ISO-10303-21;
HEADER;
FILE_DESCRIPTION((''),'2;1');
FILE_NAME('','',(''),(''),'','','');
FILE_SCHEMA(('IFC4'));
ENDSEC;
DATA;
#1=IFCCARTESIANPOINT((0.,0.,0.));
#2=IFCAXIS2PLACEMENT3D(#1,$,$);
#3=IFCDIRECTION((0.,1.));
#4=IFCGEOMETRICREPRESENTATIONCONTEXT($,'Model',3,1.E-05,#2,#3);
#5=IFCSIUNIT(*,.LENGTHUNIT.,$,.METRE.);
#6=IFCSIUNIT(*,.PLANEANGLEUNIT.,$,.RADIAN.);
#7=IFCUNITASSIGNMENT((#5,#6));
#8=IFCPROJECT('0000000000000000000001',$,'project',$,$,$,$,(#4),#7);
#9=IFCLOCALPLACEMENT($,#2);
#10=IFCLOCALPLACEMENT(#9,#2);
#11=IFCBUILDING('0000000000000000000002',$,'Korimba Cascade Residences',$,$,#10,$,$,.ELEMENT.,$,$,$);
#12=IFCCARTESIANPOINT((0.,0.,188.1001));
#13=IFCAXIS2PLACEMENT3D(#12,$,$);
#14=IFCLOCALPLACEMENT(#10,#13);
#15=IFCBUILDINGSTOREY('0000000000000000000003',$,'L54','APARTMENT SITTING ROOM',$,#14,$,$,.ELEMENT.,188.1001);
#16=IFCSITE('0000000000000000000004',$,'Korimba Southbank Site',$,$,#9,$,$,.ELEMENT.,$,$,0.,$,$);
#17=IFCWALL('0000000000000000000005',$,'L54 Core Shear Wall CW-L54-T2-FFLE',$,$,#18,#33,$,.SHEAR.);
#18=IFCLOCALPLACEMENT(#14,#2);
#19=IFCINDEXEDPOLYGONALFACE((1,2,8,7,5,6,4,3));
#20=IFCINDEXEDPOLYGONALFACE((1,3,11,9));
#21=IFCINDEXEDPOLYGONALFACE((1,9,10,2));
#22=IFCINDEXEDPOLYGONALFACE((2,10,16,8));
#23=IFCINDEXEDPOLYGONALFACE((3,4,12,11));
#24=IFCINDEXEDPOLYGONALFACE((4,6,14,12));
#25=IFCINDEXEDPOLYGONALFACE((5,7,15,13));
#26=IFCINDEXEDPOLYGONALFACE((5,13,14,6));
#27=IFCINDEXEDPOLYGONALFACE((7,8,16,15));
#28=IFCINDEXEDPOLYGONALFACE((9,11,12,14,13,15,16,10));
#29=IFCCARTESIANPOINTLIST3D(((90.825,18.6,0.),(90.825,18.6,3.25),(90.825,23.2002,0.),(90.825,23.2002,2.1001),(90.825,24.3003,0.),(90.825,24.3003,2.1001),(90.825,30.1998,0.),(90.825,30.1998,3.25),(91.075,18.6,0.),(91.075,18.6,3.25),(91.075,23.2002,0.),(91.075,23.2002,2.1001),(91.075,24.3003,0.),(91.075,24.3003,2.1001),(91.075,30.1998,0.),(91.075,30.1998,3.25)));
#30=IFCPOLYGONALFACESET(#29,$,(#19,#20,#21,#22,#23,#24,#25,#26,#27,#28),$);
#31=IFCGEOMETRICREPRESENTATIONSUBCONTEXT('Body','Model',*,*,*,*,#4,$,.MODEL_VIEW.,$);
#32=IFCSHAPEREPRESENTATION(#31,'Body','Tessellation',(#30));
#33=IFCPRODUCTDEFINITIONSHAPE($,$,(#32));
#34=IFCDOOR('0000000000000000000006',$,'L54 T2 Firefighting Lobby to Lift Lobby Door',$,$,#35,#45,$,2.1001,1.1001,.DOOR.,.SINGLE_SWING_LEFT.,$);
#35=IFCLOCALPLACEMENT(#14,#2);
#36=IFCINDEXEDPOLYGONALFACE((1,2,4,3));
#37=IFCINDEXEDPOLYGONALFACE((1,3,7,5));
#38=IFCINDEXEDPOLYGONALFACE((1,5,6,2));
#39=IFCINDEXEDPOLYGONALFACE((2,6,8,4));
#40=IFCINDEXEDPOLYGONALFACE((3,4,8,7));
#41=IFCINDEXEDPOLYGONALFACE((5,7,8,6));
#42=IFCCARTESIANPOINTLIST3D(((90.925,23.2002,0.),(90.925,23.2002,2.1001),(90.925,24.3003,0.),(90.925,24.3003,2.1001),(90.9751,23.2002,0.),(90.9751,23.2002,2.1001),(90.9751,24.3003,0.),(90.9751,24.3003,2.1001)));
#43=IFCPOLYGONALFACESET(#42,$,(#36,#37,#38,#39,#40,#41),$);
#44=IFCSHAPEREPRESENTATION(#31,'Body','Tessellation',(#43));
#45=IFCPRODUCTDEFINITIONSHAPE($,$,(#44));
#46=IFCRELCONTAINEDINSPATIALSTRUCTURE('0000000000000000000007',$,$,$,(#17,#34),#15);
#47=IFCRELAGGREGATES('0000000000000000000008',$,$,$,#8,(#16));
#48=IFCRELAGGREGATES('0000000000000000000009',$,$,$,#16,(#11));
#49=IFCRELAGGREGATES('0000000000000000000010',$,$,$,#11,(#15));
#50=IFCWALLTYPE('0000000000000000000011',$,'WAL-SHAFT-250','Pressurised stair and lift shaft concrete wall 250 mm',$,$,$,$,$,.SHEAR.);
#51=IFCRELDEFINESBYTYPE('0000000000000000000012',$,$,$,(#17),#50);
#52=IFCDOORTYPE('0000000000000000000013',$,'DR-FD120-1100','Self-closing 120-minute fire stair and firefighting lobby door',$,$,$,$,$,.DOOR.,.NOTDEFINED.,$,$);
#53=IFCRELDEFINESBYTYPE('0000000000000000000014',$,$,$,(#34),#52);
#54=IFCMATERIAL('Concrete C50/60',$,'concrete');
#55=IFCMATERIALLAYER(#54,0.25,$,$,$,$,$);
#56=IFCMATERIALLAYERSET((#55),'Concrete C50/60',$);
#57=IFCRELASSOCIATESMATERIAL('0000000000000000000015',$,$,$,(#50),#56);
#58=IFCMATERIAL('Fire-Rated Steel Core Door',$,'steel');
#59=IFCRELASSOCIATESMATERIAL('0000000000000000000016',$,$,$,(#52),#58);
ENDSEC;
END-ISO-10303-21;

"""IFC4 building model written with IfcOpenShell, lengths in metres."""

from ifc_helpers import new_model, si_unit, direction, frame, frame_2d, origin, place, context, subcontext, project, spatial, rectangle, extrude, material, layer, layer_set, type_object, element, fill, save


model = new_model("IFC4")

# Units and contexts
model_context = context("Model", 3, precision=1e-05, world=origin(), true_north=direction((0.0, 1.0)))
body_context = subcontext(model_context, "Body", "Model", "MODEL_VIEW")
ifc_project = project(units=[si_unit("LENGTHUNIT", "METRE"), si_unit("PLANEANGLEUNIT", "RADIAN")], contexts=[model_context])

# Site, building, storey
site_placement = place(None, origin())
site = spatial("IfcSite", under=ifc_project, at=site_placement, Name="Korimba Southbank Site", CompositionType="ELEMENT", RefElevation=0.0)
building_placement = place(site_placement, origin())
building = spatial("IfcBuilding", under=site, at=building_placement, Name="Korimba Cascade Residences", CompositionType="ELEMENT")
storey_placement = place(building_placement, frame((0.0, 0.0, 188.1001)))
storey = spatial("IfcBuildingStorey", under=building, at=storey_placement, Name="L54", Description="APARTMENT SITTING ROOM", CompositionType="ELEMENT", Elevation=188.1001)

# Shared definitions
ifc_material_1 = material(Name="Concrete C50/60", Category="concrete")

# Shared definitions
ifc_layer_1 = layer(ifc_material_1, 0.25)
ifc_layer_set_1 = layer_set([ifc_layer_1], Name="Concrete C50/60")
wall_type_1 = type_object("IfcWallType", Name="WAL-SHAFT-250", Description="Pressurised stair and lift shaft concrete wall 250 mm", PredefinedType="SHEAR", material=ifc_layer_set_1)
ifc_material_2 = material(Name="Fire-Rated Steel Core Door", Category="steel")
door_type_1 = type_object("IfcDoorType", Name="DR-FD120-1100", Description="Self-closing 120-minute fire stair and firefighting lobby door", OperationType="NOTDEFINED", PredefinedType="DOOR", material=ifc_material_2)

# Wall, opening, door
wall_1_placement = place(storey_placement, frame((90.95, 18.6001, 0.0), z_axis=(0.0, 0.0, 1.0), x_axis=(0.0, 1.0, 0.0)))
wall_1 = element("IfcWall", 1, at=wall_1_placement, inside=storey, type_object=wall_type_1, Name="L54 Core Shear Wall CW-L54-T2-FFLE", PredefinedType="SHEAR", context=body_context, shape_type="SweptSolid", body=[
    extrude(rectangle(XDim=11.5999, YDim=0.25, at=frame_2d((5.7998, 0.0))), origin(), (0.0, 0.0, 1.0), 3.25),
])
opening_1_placement = place(wall_1_placement, frame((4.6001, 0.0, 0.0)))
opening_1 = element("IfcOpeningElement", 2, at=opening_1_placement, cuts=wall_1, PredefinedType="OPENING", context=body_context, shape_type="SweptSolid", body=[
    extrude(rectangle(XDim=1.1001, YDim=2.1001, at=frame_2d((0.55, 1.05))), frame((0.0, 0.135, 0.0), z_axis=(0.0, -1.0, 0.0), x_axis=(1.0, 0.0, 0.0)), (0.0, 0.0, 1.0), 0.27),
])
door_1_placement = place(opening_1_placement, origin())
door_1 = element("IfcDoor", 3, at=door_1_placement, inside=storey, type_object=door_type_1, Name="L54 T2 Firefighting Lobby to Lift Lobby Door", OperationType="SINGLE_SWING_LEFT", OverallHeight=2.1001, OverallWidth=1.1001, PredefinedType="DOOR", context=body_context, shape_type="SweptSolid", body=[
    extrude(rectangle(XDim=1.1001, YDim=2.1001, at=frame_2d((0.55, 1.05))), frame((0.0, 0.0249, 0.0), z_axis=(0.0, -1.0, 0.0), x_axis=(1.0, 0.0, 0.0)), (0.0, 0.0, 1.0), 0.05),
])
fill(opening_1, door_1)

save(model, "model.ifc")
